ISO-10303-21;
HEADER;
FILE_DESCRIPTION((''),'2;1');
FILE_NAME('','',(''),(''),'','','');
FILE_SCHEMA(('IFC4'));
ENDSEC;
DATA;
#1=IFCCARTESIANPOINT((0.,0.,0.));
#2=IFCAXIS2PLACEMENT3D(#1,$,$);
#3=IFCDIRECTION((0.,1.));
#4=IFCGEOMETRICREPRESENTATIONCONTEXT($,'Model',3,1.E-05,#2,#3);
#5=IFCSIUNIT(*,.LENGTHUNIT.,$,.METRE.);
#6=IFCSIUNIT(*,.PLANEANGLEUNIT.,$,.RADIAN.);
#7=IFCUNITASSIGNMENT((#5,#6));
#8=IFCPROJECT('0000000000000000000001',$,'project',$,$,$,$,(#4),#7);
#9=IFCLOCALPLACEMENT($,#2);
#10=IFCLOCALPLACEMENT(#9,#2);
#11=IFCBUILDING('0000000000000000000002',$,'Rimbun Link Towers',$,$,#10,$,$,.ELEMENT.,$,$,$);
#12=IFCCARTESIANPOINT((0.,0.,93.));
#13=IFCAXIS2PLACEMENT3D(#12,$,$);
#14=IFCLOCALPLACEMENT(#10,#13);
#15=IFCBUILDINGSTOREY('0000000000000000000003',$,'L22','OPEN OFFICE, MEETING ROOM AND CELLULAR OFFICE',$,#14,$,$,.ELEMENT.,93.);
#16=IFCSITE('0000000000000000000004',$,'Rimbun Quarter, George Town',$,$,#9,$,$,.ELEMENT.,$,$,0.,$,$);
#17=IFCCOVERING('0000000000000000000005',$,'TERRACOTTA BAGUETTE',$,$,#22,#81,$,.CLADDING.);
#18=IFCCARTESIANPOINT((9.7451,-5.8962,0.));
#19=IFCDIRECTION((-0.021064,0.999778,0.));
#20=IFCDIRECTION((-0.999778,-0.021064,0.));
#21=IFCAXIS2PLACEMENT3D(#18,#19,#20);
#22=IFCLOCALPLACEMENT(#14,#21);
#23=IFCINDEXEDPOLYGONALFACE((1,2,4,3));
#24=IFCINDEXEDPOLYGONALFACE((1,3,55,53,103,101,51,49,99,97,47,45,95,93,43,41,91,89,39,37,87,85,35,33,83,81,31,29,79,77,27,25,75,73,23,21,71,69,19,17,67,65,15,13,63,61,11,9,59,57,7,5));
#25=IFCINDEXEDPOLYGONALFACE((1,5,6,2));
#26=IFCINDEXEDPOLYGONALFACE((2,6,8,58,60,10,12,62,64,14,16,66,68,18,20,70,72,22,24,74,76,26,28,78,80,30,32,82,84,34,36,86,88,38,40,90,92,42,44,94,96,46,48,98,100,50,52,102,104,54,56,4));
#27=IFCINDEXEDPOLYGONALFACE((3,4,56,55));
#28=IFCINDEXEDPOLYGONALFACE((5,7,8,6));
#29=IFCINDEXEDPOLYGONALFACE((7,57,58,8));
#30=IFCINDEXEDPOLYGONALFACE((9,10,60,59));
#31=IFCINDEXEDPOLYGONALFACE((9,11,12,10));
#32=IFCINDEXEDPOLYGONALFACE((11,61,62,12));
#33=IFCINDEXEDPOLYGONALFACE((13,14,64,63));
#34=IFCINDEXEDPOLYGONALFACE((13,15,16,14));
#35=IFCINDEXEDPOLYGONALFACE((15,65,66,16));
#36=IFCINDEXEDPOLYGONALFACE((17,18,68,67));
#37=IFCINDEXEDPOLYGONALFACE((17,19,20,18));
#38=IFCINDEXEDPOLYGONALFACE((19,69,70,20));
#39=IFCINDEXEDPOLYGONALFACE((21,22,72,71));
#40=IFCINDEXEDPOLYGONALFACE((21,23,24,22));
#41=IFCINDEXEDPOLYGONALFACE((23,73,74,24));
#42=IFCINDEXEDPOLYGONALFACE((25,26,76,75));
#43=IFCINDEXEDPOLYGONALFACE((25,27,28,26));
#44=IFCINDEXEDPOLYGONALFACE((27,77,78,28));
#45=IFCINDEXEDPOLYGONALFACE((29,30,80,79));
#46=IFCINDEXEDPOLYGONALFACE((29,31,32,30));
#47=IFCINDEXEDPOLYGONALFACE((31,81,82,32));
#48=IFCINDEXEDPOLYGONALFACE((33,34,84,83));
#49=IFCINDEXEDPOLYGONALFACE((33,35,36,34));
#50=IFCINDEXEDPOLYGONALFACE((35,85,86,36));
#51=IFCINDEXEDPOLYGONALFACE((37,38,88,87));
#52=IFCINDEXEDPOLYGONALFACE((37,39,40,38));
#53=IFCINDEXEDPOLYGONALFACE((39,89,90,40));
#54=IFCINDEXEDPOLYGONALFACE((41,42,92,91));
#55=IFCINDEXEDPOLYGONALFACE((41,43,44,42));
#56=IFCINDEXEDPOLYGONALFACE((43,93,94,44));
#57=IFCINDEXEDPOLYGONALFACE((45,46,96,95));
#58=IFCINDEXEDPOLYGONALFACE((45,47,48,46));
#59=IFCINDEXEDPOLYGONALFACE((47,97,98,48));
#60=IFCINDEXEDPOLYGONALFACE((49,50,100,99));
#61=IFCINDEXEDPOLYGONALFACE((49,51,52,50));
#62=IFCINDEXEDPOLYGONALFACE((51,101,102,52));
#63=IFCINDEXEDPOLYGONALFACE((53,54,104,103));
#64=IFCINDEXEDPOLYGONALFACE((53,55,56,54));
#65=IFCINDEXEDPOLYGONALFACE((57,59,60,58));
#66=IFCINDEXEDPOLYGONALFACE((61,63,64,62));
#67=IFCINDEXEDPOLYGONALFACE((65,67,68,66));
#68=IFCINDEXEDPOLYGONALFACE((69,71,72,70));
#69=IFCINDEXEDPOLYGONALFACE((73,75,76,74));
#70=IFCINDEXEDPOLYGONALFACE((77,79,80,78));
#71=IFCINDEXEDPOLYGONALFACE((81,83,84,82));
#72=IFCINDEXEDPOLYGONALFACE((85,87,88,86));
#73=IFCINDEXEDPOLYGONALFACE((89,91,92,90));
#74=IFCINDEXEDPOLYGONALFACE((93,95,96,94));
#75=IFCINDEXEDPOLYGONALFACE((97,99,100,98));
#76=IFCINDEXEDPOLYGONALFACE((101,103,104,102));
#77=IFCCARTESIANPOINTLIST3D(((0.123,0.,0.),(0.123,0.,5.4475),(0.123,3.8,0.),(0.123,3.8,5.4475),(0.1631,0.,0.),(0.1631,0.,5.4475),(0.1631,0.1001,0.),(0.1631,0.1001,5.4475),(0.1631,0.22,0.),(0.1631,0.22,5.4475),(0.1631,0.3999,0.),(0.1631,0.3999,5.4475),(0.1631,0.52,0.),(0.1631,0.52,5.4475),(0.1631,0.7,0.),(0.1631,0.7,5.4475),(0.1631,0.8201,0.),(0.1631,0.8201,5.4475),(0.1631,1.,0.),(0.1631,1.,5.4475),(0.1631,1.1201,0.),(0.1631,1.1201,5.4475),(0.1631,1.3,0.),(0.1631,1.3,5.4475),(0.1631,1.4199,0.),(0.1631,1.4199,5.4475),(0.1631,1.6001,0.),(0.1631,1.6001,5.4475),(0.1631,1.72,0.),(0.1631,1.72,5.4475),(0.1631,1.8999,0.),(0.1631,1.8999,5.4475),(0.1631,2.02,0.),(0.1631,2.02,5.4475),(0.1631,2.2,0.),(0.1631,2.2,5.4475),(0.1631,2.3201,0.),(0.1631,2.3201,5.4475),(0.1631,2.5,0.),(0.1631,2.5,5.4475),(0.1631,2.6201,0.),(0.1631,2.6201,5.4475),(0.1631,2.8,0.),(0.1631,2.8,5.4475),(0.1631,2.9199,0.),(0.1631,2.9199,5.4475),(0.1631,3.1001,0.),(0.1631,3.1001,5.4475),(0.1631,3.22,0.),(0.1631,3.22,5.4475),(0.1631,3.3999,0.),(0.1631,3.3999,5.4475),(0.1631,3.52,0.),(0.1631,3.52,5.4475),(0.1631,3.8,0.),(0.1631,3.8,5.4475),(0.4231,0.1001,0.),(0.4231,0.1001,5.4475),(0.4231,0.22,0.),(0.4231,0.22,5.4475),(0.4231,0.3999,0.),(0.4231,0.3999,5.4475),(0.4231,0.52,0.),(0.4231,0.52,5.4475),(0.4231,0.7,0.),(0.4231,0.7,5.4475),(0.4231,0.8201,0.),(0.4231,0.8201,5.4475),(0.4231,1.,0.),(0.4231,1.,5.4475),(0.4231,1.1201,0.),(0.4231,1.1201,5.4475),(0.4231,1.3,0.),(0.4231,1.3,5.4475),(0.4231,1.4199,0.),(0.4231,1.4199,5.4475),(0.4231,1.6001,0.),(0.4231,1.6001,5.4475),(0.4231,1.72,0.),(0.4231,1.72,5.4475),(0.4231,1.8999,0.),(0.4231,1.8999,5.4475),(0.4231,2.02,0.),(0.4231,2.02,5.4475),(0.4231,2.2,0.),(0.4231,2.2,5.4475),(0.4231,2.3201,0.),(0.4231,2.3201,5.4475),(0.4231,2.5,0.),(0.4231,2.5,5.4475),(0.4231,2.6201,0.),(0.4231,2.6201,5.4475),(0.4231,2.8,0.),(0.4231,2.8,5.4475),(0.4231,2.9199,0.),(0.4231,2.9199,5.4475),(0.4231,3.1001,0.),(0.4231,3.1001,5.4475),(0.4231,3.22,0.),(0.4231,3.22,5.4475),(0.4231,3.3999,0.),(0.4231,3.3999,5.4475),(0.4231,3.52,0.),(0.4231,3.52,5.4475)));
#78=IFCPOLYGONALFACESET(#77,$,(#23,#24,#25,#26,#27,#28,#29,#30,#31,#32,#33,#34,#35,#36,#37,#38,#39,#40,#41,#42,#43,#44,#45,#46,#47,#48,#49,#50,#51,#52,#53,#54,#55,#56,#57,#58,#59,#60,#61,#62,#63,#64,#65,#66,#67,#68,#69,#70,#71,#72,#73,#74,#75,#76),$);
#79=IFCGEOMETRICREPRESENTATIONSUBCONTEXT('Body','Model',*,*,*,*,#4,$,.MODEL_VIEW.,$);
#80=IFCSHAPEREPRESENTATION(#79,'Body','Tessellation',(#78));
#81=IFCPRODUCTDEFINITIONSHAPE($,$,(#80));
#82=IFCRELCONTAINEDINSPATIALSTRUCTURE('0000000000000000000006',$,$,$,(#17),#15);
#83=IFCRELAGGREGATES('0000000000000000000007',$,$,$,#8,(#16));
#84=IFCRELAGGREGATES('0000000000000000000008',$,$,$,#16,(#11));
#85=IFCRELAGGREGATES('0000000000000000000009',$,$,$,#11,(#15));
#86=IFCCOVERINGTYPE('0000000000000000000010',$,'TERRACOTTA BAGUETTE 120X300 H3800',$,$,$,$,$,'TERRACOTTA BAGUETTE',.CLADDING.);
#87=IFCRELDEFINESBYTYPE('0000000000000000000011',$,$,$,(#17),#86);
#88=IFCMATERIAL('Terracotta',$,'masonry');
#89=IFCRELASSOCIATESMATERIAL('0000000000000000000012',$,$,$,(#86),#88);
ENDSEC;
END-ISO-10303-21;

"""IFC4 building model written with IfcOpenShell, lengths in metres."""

from ifc_helpers import new_model, si_unit, direction, frame, origin, place, context, subcontext, project, spatial, polyline, outline, extrude, material, material_profile, profile_set, type_object, element, save


model = new_model("IFC4")

# Units and contexts
model_context = context("Model", 3, precision=1e-05, world=origin(), true_north=direction((0.0, 1.0)))
body_context = subcontext(model_context, "Body", "Model", "MODEL_VIEW")
ifc_project = project(units=[si_unit("LENGTHUNIT", "METRE"), si_unit("PLANEANGLEUNIT", "RADIAN")], contexts=[model_context])

# Site, building, storey
site_placement = place(None, origin())
site = spatial("IfcSite", under=ifc_project, at=site_placement, Name="Rimbun Quarter, George Town", CompositionType="ELEMENT", RefElevation=0.0)
building_placement = place(site_placement, origin())
building = spatial("IfcBuilding", under=site, at=building_placement, Name="Rimbun Link Towers", CompositionType="ELEMENT")
storey_placement = place(building_placement, frame((0.0, 0.0, 93.0)))
storey = spatial("IfcBuildingStorey", under=building, at=storey_placement, Name="L22", Description="OPEN OFFICE, MEETING ROOM AND CELLULAR OFFICE", CompositionType="ELEMENT", Elevation=93.0)

# Covering
ifc_material_1 = material(Name="Terracotta", Category="masonry")
ifc_material_profile_1 = material_profile(ifc_material_1, outline(polyline([(0.123, 0.0), (0.1631, 0.0), (0.1631, 0.1001), (0.4231, 0.1001), (0.4231, 0.22), (0.1631, 0.22), (0.1631, 0.3999), (0.4231, 0.3999), (0.4231, 0.52), (0.1631, 0.52), (0.1631, 0.7), (0.4231, 0.7), (0.4231, 0.8201), (0.1631, 0.8201), (0.1631, 1.0), (0.4231, 1.0), (0.4231, 1.1201), (0.1631, 1.1201), (0.1631, 1.3), (0.4231, 1.3), (0.4231, 1.4199), (0.1631, 1.4199), (0.1631, 1.6001), (0.4231, 1.6001), (0.4231, 1.72), (0.1631, 1.72), (0.1631, 1.8999), (0.4231, 1.8999), (0.4231, 2.02), (0.1631, 2.02), (0.1631, 2.2), (0.4231, 2.2), (0.4231, 2.3201), (0.1631, 2.3201), (0.1631, 2.5), (0.4231, 2.5), (0.4231, 2.6201), (0.1631, 2.6201), (0.1631, 2.8), (0.4231, 2.8), (0.4231, 2.9199), (0.1631, 2.9199), (0.1631, 3.1001), (0.4231, 3.1001), (0.4231, 3.22), (0.1631, 3.22), (0.1631, 3.3999), (0.4231, 3.3999), (0.4231, 3.52), (0.1631, 3.52), (0.1631, 3.8), (0.123, 3.8), (0.123, 0.0)])), Name="BAGUETTE 120X300")
ifc_profile_set_1 = profile_set([ifc_material_profile_1], Name="Terracotta")
covering_type = type_object("IfcCoveringType", Name="TERRACOTTA BAGUETTE 120X300 H3800", ElementType="TERRACOTTA BAGUETTE", PredefinedType="CLADDING", material=ifc_profile_set_1)
covering_placement = place(storey_placement, frame((9.7451, -5.8962, 0.0), z_axis=(-0.021064, 0.999778, 0.0), x_axis=(-0.999778, -0.021064, 0.0)))
element("IfcCovering", 1, at=covering_placement, inside=storey, type_object=covering_type, Name="TERRACOTTA BAGUETTE", PredefinedType="CLADDING", context=body_context, shape_type="SweptSolid", body=[
    extrude(outline(polyline([(0.123, 0.0), (0.1631, 0.0), (0.1631, 0.1001), (0.4231, 0.1001), (0.4231, 0.22), (0.1631, 0.22), (0.1631, 0.3999), (0.4231, 0.3999), (0.4231, 0.52), (0.1631, 0.52), (0.1631, 0.7), (0.4231, 0.7), (0.4231, 0.8201), (0.1631, 0.8201), (0.1631, 1.0), (0.4231, 1.0), (0.4231, 1.1201), (0.1631, 1.1201), (0.1631, 1.3), (0.4231, 1.3), (0.4231, 1.4199), (0.1631, 1.4199), (0.1631, 1.6001), (0.4231, 1.6001), (0.4231, 1.72), (0.1631, 1.72), (0.1631, 1.8999), (0.4231, 1.8999), (0.4231, 2.02), (0.1631, 2.02), (0.1631, 2.2), (0.4231, 2.2), (0.4231, 2.3201), (0.1631, 2.3201), (0.1631, 2.5), (0.4231, 2.5), (0.4231, 2.6201), (0.1631, 2.6201), (0.1631, 2.8), (0.4231, 2.8), (0.4231, 2.9199), (0.1631, 2.9199), (0.1631, 3.1001), (0.4231, 3.1001), (0.4231, 3.22), (0.1631, 3.22), (0.1631, 3.3999), (0.4231, 3.3999), (0.4231, 3.52), (0.1631, 3.52), (0.1631, 3.8), (0.123, 3.8), (0.123, 0.0)])), origin(), (0.0, 0.0, 1.0), 5.4475),
])

save(model, "model.ifc")
